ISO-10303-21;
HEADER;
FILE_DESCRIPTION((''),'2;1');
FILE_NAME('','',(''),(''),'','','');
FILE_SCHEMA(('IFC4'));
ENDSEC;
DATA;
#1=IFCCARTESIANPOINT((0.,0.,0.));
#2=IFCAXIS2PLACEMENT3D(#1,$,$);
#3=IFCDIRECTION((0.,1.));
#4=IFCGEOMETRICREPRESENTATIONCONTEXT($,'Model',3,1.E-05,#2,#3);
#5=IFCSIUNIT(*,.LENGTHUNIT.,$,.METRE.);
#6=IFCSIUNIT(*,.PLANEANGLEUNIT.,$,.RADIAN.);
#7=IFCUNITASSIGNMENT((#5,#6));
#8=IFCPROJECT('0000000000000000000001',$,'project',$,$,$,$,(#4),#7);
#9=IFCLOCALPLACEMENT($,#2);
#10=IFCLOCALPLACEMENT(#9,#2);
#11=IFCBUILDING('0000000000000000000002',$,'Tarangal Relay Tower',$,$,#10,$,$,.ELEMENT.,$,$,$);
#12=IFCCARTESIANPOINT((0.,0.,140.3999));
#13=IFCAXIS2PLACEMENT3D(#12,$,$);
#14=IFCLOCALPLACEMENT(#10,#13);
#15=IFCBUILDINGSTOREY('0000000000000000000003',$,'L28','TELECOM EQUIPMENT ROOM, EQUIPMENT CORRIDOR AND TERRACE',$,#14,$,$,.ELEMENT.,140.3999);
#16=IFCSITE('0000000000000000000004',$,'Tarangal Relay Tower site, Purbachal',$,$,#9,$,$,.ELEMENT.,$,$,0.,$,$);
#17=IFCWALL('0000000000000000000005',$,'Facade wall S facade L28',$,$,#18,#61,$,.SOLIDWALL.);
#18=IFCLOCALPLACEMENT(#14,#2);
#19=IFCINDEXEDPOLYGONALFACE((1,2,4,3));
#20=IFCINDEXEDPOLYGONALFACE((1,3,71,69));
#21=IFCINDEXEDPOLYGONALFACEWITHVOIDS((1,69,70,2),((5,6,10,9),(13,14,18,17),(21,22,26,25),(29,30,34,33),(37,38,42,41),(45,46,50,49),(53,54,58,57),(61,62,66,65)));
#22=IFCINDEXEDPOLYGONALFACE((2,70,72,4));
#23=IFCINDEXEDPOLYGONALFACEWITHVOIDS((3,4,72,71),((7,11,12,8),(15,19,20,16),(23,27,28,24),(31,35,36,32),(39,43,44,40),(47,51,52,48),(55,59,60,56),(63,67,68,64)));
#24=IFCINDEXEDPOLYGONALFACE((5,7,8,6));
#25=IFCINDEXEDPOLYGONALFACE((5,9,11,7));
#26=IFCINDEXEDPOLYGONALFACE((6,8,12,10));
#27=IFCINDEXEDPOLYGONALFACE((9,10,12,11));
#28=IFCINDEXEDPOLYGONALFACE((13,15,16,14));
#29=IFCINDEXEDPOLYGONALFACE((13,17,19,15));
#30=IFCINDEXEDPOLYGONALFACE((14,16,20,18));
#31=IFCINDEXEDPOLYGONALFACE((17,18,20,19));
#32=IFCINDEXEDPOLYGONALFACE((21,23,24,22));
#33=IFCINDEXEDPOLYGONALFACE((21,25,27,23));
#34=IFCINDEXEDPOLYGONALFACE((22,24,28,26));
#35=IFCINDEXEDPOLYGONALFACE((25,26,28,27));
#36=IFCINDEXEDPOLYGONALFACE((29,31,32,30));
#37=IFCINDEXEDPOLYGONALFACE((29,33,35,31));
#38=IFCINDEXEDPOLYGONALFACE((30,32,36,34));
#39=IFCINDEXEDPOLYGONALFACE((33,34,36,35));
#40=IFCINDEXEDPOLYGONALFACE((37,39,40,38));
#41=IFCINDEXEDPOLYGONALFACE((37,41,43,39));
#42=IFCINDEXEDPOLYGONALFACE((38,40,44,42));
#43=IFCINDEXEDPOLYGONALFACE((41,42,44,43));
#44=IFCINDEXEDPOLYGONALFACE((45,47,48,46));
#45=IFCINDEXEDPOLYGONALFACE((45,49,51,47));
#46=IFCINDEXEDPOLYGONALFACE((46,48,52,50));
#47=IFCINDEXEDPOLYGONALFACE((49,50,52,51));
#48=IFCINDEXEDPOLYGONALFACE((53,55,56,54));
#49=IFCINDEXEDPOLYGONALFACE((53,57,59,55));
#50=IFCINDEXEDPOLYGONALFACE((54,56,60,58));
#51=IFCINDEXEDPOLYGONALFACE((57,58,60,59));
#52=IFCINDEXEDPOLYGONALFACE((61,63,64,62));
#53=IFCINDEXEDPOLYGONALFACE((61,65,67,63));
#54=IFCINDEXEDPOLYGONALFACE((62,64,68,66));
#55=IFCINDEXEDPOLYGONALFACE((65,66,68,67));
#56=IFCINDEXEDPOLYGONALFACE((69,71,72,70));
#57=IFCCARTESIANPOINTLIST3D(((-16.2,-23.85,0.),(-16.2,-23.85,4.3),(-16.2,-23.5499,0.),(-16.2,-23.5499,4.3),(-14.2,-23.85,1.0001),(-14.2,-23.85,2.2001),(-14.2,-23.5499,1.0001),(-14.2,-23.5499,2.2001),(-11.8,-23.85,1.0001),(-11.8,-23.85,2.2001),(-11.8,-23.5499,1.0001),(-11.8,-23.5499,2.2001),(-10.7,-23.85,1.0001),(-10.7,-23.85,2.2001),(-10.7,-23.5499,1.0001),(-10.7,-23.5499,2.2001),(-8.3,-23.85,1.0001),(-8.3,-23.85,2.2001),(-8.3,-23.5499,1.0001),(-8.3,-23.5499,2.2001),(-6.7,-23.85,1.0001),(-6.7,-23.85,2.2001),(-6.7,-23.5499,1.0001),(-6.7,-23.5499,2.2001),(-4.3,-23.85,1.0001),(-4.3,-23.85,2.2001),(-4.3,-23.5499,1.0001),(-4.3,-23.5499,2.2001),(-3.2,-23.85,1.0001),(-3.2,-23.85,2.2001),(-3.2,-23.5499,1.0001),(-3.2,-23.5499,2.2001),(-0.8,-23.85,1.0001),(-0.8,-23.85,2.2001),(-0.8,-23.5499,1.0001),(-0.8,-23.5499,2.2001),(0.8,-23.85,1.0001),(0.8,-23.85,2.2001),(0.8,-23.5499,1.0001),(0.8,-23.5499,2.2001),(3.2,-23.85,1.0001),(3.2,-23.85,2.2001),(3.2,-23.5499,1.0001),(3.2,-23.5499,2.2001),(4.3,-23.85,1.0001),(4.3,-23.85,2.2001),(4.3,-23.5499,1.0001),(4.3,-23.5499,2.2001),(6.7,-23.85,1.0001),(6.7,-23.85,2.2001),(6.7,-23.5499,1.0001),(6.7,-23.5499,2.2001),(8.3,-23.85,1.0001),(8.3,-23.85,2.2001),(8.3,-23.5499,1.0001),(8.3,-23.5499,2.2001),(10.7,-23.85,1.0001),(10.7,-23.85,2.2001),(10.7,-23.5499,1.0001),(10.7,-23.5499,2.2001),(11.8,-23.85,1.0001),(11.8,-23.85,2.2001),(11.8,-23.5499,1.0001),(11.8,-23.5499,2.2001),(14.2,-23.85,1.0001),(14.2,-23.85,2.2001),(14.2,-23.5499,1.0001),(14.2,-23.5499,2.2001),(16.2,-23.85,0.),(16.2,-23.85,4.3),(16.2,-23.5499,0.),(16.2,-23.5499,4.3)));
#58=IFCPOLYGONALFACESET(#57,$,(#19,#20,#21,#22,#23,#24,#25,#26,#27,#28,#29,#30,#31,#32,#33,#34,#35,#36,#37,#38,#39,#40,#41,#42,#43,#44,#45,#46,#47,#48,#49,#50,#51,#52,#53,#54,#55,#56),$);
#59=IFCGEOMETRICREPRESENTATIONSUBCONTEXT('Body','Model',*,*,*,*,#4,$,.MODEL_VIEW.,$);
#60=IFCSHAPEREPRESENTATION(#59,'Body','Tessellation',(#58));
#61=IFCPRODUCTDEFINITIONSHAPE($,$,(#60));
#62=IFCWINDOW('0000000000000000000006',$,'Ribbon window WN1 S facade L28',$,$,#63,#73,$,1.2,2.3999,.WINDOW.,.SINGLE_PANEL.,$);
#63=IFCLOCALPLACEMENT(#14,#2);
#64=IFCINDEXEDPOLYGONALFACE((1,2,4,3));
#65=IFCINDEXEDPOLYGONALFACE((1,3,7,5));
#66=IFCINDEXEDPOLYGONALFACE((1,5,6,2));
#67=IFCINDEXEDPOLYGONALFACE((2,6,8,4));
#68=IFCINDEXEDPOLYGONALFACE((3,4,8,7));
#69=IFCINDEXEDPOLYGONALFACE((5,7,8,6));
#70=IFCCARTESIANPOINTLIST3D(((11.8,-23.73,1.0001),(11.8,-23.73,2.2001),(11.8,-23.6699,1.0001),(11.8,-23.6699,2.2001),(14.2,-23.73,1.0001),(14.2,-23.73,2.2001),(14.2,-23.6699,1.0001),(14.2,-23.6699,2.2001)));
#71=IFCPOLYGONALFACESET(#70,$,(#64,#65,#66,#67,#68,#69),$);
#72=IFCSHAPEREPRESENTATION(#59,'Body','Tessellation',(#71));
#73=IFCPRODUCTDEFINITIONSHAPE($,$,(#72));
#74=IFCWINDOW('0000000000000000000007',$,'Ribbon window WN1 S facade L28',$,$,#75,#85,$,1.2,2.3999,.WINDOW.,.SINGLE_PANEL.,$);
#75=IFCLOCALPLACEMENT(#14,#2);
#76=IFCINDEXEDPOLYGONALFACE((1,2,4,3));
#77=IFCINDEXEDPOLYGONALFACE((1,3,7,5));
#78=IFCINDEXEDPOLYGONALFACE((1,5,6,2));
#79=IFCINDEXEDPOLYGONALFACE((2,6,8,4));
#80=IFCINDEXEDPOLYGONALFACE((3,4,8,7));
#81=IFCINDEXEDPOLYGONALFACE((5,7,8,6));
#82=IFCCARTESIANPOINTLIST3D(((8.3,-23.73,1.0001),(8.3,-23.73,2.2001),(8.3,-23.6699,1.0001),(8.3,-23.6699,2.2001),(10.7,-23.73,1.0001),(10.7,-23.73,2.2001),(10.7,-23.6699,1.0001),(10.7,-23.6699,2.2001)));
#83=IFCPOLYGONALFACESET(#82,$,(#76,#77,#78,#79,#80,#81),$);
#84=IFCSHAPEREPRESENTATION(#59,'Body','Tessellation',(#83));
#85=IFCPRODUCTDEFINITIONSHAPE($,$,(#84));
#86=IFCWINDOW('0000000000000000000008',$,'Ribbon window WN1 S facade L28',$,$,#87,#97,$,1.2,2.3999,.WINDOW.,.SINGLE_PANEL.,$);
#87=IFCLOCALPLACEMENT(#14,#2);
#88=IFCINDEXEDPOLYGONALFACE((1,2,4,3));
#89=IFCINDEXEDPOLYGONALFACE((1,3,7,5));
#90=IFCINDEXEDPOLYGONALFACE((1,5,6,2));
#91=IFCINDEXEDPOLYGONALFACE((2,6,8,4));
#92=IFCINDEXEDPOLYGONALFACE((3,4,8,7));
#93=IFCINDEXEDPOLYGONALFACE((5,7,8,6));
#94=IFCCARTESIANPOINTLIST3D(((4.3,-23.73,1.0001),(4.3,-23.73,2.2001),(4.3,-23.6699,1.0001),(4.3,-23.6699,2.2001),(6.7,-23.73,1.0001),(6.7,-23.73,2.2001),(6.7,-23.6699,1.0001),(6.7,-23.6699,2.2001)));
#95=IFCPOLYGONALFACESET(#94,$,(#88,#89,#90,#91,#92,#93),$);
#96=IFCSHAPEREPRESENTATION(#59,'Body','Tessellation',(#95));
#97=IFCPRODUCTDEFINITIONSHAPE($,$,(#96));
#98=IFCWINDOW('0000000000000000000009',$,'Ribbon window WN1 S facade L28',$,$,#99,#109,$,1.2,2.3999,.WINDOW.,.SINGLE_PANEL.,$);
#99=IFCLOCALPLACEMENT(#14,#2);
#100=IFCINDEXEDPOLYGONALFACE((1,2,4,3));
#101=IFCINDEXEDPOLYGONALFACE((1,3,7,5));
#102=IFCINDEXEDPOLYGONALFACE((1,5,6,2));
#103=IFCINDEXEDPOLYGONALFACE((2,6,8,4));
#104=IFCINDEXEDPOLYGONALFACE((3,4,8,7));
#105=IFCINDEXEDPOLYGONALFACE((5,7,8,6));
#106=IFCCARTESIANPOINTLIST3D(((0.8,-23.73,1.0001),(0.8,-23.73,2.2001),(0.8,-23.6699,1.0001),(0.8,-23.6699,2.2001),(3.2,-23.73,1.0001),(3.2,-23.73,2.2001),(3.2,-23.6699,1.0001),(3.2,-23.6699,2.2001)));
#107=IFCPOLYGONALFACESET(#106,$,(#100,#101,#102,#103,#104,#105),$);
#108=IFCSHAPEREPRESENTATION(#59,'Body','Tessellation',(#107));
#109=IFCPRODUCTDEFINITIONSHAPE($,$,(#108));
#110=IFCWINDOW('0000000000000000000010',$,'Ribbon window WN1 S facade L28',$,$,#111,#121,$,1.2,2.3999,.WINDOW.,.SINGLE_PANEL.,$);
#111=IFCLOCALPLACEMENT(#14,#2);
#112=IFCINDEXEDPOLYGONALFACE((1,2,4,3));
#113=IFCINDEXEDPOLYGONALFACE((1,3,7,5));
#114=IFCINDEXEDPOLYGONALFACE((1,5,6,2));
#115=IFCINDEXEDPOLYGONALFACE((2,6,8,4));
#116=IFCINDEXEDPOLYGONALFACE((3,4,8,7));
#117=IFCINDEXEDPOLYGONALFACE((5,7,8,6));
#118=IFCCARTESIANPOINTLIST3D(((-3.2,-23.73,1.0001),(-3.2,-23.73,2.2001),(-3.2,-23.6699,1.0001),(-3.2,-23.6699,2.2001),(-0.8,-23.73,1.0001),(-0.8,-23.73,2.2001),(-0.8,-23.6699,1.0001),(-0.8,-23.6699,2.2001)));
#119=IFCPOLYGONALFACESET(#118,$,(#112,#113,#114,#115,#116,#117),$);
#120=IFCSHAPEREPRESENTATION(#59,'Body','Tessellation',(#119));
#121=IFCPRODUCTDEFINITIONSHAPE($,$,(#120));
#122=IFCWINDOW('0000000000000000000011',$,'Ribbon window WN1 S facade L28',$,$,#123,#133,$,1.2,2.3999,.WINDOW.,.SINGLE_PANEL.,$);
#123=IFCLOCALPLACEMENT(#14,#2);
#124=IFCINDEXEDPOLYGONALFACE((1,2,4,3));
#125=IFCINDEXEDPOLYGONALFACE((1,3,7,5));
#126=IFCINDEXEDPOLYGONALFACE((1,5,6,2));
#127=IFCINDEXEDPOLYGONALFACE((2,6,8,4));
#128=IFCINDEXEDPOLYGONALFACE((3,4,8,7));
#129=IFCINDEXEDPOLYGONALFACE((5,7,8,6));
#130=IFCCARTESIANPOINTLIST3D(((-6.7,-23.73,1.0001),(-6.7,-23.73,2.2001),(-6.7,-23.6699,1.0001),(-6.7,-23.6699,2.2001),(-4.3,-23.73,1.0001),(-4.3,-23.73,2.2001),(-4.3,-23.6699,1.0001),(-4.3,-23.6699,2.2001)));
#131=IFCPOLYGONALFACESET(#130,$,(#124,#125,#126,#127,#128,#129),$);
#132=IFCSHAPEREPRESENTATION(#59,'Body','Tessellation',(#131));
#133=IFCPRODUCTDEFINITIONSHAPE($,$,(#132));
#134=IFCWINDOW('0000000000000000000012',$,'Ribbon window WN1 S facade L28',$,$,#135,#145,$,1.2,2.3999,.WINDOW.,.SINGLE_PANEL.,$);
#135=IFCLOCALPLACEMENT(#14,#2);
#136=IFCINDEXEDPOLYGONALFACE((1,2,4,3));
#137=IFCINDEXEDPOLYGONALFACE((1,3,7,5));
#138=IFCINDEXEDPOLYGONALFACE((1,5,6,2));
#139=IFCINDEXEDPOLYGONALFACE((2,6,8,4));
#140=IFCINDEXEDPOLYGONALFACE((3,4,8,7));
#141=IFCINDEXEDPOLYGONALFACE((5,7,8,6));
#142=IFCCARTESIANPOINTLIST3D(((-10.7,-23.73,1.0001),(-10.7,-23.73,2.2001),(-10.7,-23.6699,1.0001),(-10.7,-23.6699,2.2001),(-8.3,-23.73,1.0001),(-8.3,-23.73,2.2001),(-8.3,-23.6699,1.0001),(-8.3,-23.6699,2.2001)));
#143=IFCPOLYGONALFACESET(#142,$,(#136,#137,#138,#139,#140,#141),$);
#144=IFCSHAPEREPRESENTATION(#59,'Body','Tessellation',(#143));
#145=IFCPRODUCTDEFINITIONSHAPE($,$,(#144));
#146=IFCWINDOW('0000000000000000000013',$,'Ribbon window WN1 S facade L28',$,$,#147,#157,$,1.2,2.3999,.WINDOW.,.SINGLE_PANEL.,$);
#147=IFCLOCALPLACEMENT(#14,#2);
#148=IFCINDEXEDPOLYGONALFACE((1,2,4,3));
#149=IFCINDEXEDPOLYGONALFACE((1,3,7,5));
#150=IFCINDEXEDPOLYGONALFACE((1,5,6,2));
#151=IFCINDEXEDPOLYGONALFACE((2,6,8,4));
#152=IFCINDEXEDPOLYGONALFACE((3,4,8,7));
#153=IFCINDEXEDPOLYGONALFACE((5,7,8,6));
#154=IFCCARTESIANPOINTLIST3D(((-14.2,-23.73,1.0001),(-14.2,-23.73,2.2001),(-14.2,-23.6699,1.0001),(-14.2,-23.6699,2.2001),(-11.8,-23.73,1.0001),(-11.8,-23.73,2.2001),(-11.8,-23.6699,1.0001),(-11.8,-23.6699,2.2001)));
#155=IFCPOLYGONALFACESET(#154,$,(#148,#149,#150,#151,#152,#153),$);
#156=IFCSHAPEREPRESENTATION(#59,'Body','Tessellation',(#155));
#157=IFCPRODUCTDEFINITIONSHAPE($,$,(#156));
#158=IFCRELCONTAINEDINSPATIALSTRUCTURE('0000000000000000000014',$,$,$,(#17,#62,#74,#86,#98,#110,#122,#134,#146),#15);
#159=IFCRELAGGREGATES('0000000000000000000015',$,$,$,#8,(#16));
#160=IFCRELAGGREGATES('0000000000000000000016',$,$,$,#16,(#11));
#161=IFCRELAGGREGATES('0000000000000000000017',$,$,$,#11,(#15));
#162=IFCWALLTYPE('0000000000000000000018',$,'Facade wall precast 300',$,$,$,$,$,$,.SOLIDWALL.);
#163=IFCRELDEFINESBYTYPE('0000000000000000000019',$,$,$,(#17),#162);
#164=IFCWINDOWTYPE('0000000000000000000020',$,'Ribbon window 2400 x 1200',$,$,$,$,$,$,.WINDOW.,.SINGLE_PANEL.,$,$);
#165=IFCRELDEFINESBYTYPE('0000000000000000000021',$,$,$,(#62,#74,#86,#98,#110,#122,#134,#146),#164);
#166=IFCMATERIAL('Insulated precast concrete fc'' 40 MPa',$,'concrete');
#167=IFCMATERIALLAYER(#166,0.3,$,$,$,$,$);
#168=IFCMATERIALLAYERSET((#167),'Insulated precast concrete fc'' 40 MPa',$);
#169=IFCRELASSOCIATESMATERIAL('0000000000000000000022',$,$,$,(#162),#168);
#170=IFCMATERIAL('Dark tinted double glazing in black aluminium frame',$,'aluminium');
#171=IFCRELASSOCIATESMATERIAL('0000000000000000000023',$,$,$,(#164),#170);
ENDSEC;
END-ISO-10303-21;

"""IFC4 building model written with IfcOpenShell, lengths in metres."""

from ifc_helpers import new_model, si_unit, direction, frame, frame_2d, origin, place, context, subcontext, project, spatial, rectangle, extrude, material, layer, layer_set, type_object, element, fill, save


model = new_model("IFC4")

# Units and contexts
model_context = context("Model", 3, precision=1e-05, world=origin(), true_north=direction((0.0, 1.0)))
body_context = subcontext(model_context, "Body", "Model", "MODEL_VIEW")
ifc_project = project(units=[si_unit("LENGTHUNIT", "METRE"), si_unit("PLANEANGLEUNIT", "RADIAN")], contexts=[model_context])

# Site, building, storey
site_placement = place(None, origin())
site = spatial("IfcSite", under=ifc_project, at=site_placement, Name="Tarangal Relay Tower site, Purbachal", CompositionType="ELEMENT", RefElevation=0.0)
building_placement = place(site_placement, origin())
building = spatial("IfcBuilding", under=site, at=building_placement, Name="Tarangal Relay Tower", CompositionType="ELEMENT")
storey_placement = place(building_placement, frame((0.0, 0.0, 140.3999)))
storey = spatial("IfcBuildingStorey", under=building, at=storey_placement, Name="L28", Description="TELECOM EQUIPMENT ROOM, EQUIPMENT CORRIDOR AND TERRACE", CompositionType="ELEMENT", Elevation=140.3999)

# Shared definitions
ifc_material_1 = material(Name="Insulated precast concrete fc' 40 MPa", Category="concrete")
ifc_layer_1 = layer(ifc_material_1, 0.3)
ifc_layer_set_1 = layer_set([ifc_layer_1], Name="Insulated precast concrete fc' 40 MPa")
wall_type_1 = type_object("IfcWallType", Name="Facade wall precast 300", PredefinedType="SOLIDWALL", material=ifc_layer_set_1)

# Wall, openings, windows
wall_1_placement = place(storey_placement, frame((16.2, -23.7, 0.0), z_axis=(0.0, 0.0, 1.0), x_axis=(-1.0, 0.0, 0.0)))
wall_1 = element("IfcWall", 1, at=wall_1_placement, inside=storey, type_object=wall_type_1, Name="Facade wall S facade L28", PredefinedType="SOLIDWALL", context=body_context, shape_type="SweptSolid", body=[
    extrude(rectangle(XDim=32.3999, YDim=0.3, at=frame_2d((16.2, 0.0))), origin(), (0.0, 0.0, 1.0), 4.3),
])
opening_1_placement = place(wall_1_placement, frame((2.0, 0.0, 1.0)))
opening_1 = element("IfcOpeningElement", 2, at=opening_1_placement, cuts=wall_1, PredefinedType="OPENING", context=body_context, shape_type="SweptSolid", body=[
    extrude(rectangle(XDim=2.3999, YDim=1.2, at=frame_2d((1.2, 0.6001))), frame((0.0, 0.1599, 0.0), z_axis=(0.0, -1.0, 0.0), x_axis=(1.0, 0.0, 0.0)), (0.0, 0.0, 1.0), 0.3201),
])
opening_2_placement = place(wall_1_placement, frame((5.5, 0.0, 1.0)))
opening_2 = element("IfcOpeningElement", 3, at=opening_2_placement, cuts=wall_1, PredefinedType="OPENING", context=body_context, shape_type="SweptSolid", body=[
    extrude(rectangle(XDim=2.3999, YDim=1.2, at=frame_2d((1.2, 0.6001))), frame((0.0, 0.1599, 0.0), z_axis=(0.0, -1.0, 0.0), x_axis=(1.0, 0.0, 0.0)), (0.0, 0.0, 1.0), 0.3201),
])
opening_3_placement = place(wall_1_placement, frame((9.5, 0.0, 1.0)))
opening_3 = element("IfcOpeningElement", 4, at=opening_3_placement, cuts=wall_1, PredefinedType="OPENING", context=body_context, shape_type="SweptSolid", body=[
    extrude(rectangle(XDim=2.3999, YDim=1.2, at=frame_2d((1.2, 0.6001))), frame((0.0, 0.1599, 0.0), z_axis=(0.0, -1.0, 0.0), x_axis=(1.0, 0.0, 0.0)), (0.0, 0.0, 1.0), 0.3201),
])
opening_4_placement = place(wall_1_placement, frame((13.0, 0.0, 1.0)))
opening_4 = element("IfcOpeningElement", 5, at=opening_4_placement, cuts=wall_1, PredefinedType="OPENING", context=body_context, shape_type="SweptSolid", body=[
    extrude(rectangle(XDim=2.3999, YDim=1.2, at=frame_2d((1.2, 0.6001))), frame((0.0, 0.1599, 0.0), z_axis=(0.0, -1.0, 0.0), x_axis=(1.0, 0.0, 0.0)), (0.0, 0.0, 1.0), 0.3201),
])
opening_5_placement = place(wall_1_placement, frame((17.0, 0.0, 1.0)))
opening_5 = element("IfcOpeningElement", 6, at=opening_5_placement, cuts=wall_1, PredefinedType="OPENING", context=body_context, shape_type="SweptSolid", body=[
    extrude(rectangle(XDim=2.3999, YDim=1.2, at=frame_2d((1.2, 0.6001))), frame((0.0, 0.1599, 0.0), z_axis=(0.0, -1.0, 0.0), x_axis=(1.0, 0.0, 0.0)), (0.0, 0.0, 1.0), 0.3201),
])
opening_6_placement = place(wall_1_placement, frame((20.5, 0.0, 1.0)))
opening_6 = element("IfcOpeningElement", 7, at=opening_6_placement, cuts=wall_1, PredefinedType="OPENING", context=body_context, shape_type="SweptSolid", body=[
    extrude(rectangle(XDim=2.3999, YDim=1.2, at=frame_2d((1.2, 0.6001))), frame((0.0, 0.1599, 0.0), z_axis=(0.0, -1.0, 0.0), x_axis=(1.0, 0.0, 0.0)), (0.0, 0.0, 1.0), 0.3201),
])
opening_7_placement = place(wall_1_placement, frame((24.5, 0.0, 1.0)))
opening_7 = element("IfcOpeningElement", 8, at=opening_7_placement, cuts=wall_1, PredefinedType="OPENING", context=body_context, shape_type="SweptSolid", body=[
    extrude(rectangle(XDim=2.3999, YDim=1.2, at=frame_2d((1.2, 0.6001))), frame((0.0, 0.1599, 0.0), z_axis=(0.0, -1.0, 0.0), x_axis=(1.0, 0.0, 0.0)), (0.0, 0.0, 1.0), 0.3201),
])
opening_8_placement = place(wall_1_placement, frame((28.0, 0.0, 1.0)))
opening_8 = element("IfcOpeningElement", 9, at=opening_8_placement, cuts=wall_1, PredefinedType="OPENING", context=body_context, shape_type="SweptSolid", body=[
    extrude(rectangle(XDim=2.3999, YDim=1.2, at=frame_2d((1.2, 0.6001))), frame((0.0, 0.1599, 0.0), z_axis=(0.0, -1.0, 0.0), x_axis=(1.0, 0.0, 0.0)), (0.0, 0.0, 1.0), 0.3201),
])
ifc_material_2 = material(Name="Dark tinted double glazing in black aluminium frame", Category="aluminium")
window_type = type_object("IfcWindowType", Name="Ribbon window 2400 x 1200", PartitioningType="SINGLE_PANEL", PredefinedType="WINDOW", material=ifc_material_2)
window_1_placement = place(opening_1_placement, origin())
window_1 = element("IfcWindow", 10, at=window_1_placement, inside=storey, type_object=window_type, Name="Ribbon window WN1 S facade L28", OverallHeight=1.2, OverallWidth=2.3999, PartitioningType="SINGLE_PANEL", PredefinedType="WINDOW", context=body_context, shape_type="SweptSolid", body=[
    extrude(rectangle(XDim=2.3999, YDim=1.2, at=frame_2d((1.2, 0.6001))), frame((0.0, 0.03, 0.0), z_axis=(0.0, -1.0, 0.0), x_axis=(1.0, 0.0, 0.0)), (0.0, 0.0, 1.0), 0.0601),
])
fill(opening_1, window_1)
window_2_placement = place(opening_2_placement, origin())
window_2 = element("IfcWindow", 11, at=window_2_placement, inside=storey, type_object=window_type, Name="Ribbon window WN1 S facade L28", OverallHeight=1.2, OverallWidth=2.3999, PartitioningType="SINGLE_PANEL", PredefinedType="WINDOW", context=body_context, shape_type="SweptSolid", body=[
    extrude(rectangle(XDim=2.3999, YDim=1.2, at=frame_2d((1.2, 0.6001))), frame((0.0, 0.03, 0.0), z_axis=(0.0, -1.0, 0.0), x_axis=(1.0, 0.0, 0.0)), (0.0, 0.0, 1.0), 0.0601),
])
fill(opening_2, window_2)
window_3_placement = place(opening_3_placement, origin())
window_3 = element("IfcWindow", 12, at=window_3_placement, inside=storey, type_object=window_type, Name="Ribbon window WN1 S facade L28", OverallHeight=1.2, OverallWidth=2.3999, PartitioningType="SINGLE_PANEL", PredefinedType="WINDOW", context=body_context, shape_type="SweptSolid", body=[
    extrude(rectangle(XDim=2.3999, YDim=1.2, at=frame_2d((1.2, 0.6001))), frame((0.0, 0.03, 0.0), z_axis=(0.0, -1.0, 0.0), x_axis=(1.0, 0.0, 0.0)), (0.0, 0.0, 1.0), 0.0601),
])
fill(opening_3, window_3)
window_4_placement = place(opening_4_placement, origin())
window_4 = element("IfcWindow", 13, at=window_4_placement, inside=storey, type_object=window_type, Name="Ribbon window WN1 S facade L28", OverallHeight=1.2, OverallWidth=2.3999, PartitioningType="SINGLE_PANEL", PredefinedType="WINDOW", context=body_context, shape_type="SweptSolid", body=[
    extrude(rectangle(XDim=2.3999, YDim=1.2, at=frame_2d((1.2, 0.6001))), frame((0.0, 0.03, 0.0), z_axis=(0.0, -1.0, 0.0), x_axis=(1.0, 0.0, 0.0)), (0.0, 0.0, 1.0), 0.0601),
])
fill(opening_4, window_4)
window_5_placement = place(opening_5_placement, origin())
window_5 = element("IfcWindow", 14, at=window_5_placement, inside=storey, type_object=window_type, Name="Ribbon window WN1 S facade L28", OverallHeight=1.2, OverallWidth=2.3999, PartitioningType="SINGLE_PANEL", PredefinedType="WINDOW", context=body_context, shape_type="SweptSolid", body=[
    extrude(rectangle(XDim=2.3999, YDim=1.2, at=frame_2d((1.2, 0.6001))), frame((0.0, 0.03, 0.0), z_axis=(0.0, -1.0, 0.0), x_axis=(1.0, 0.0, 0.0)), (0.0, 0.0, 1.0), 0.0601),
])
fill(opening_5, window_5)
window_6_placement = place(opening_6_placement, origin())
window_6 = element("IfcWindow", 15, at=window_6_placement, inside=storey, type_object=window_type, Name="Ribbon window WN1 S facade L28", OverallHeight=1.2, OverallWidth=2.3999, PartitioningType="SINGLE_PANEL", PredefinedType="WINDOW", context=body_context, shape_type="SweptSolid", body=[
    extrude(rectangle(XDim=2.3999, YDim=1.2, at=frame_2d((1.2, 0.6001))), frame((0.0, 0.03, 0.0), z_axis=(0.0, -1.0, 0.0), x_axis=(1.0, 0.0, 0.0)), (0.0, 0.0, 1.0), 0.0601),
])
fill(opening_6, window_6)
window_7_placement = place(opening_7_placement, origin())
window_7 = element("IfcWindow", 16, at=window_7_placement, inside=storey, type_object=window_type, Name="Ribbon window WN1 S facade L28", OverallHeight=1.2, OverallWidth=2.3999, PartitioningType="SINGLE_PANEL", PredefinedType="WINDOW", context=body_context, shape_type="SweptSolid", body=[
    extrude(rectangle(XDim=2.3999, YDim=1.2, at=frame_2d((1.2, 0.6001))), frame((0.0, 0.03, 0.0), z_axis=(0.0, -1.0, 0.0), x_axis=(1.0, 0.0, 0.0)), (0.0, 0.0, 1.0), 0.0601),
])
fill(opening_7, window_7)
window_8_placement = place(opening_8_placement, origin())
window_8 = element("IfcWindow", 17, at=window_8_placement, inside=storey, type_object=window_type, Name="Ribbon window WN1 S facade L28", OverallHeight=1.2, OverallWidth=2.3999, PartitioningType="SINGLE_PANEL", PredefinedType="WINDOW", context=body_context, shape_type="SweptSolid", body=[
    extrude(rectangle(XDim=2.3999, YDim=1.2, at=frame_2d((1.2, 0.6001))), frame((0.0, 0.03, 0.0), z_axis=(0.0, -1.0, 0.0), x_axis=(1.0, 0.0, 0.0)), (0.0, 0.0, 1.0), 0.0601),
])
fill(opening_8, window_8)

save(model, "model.ifc")
